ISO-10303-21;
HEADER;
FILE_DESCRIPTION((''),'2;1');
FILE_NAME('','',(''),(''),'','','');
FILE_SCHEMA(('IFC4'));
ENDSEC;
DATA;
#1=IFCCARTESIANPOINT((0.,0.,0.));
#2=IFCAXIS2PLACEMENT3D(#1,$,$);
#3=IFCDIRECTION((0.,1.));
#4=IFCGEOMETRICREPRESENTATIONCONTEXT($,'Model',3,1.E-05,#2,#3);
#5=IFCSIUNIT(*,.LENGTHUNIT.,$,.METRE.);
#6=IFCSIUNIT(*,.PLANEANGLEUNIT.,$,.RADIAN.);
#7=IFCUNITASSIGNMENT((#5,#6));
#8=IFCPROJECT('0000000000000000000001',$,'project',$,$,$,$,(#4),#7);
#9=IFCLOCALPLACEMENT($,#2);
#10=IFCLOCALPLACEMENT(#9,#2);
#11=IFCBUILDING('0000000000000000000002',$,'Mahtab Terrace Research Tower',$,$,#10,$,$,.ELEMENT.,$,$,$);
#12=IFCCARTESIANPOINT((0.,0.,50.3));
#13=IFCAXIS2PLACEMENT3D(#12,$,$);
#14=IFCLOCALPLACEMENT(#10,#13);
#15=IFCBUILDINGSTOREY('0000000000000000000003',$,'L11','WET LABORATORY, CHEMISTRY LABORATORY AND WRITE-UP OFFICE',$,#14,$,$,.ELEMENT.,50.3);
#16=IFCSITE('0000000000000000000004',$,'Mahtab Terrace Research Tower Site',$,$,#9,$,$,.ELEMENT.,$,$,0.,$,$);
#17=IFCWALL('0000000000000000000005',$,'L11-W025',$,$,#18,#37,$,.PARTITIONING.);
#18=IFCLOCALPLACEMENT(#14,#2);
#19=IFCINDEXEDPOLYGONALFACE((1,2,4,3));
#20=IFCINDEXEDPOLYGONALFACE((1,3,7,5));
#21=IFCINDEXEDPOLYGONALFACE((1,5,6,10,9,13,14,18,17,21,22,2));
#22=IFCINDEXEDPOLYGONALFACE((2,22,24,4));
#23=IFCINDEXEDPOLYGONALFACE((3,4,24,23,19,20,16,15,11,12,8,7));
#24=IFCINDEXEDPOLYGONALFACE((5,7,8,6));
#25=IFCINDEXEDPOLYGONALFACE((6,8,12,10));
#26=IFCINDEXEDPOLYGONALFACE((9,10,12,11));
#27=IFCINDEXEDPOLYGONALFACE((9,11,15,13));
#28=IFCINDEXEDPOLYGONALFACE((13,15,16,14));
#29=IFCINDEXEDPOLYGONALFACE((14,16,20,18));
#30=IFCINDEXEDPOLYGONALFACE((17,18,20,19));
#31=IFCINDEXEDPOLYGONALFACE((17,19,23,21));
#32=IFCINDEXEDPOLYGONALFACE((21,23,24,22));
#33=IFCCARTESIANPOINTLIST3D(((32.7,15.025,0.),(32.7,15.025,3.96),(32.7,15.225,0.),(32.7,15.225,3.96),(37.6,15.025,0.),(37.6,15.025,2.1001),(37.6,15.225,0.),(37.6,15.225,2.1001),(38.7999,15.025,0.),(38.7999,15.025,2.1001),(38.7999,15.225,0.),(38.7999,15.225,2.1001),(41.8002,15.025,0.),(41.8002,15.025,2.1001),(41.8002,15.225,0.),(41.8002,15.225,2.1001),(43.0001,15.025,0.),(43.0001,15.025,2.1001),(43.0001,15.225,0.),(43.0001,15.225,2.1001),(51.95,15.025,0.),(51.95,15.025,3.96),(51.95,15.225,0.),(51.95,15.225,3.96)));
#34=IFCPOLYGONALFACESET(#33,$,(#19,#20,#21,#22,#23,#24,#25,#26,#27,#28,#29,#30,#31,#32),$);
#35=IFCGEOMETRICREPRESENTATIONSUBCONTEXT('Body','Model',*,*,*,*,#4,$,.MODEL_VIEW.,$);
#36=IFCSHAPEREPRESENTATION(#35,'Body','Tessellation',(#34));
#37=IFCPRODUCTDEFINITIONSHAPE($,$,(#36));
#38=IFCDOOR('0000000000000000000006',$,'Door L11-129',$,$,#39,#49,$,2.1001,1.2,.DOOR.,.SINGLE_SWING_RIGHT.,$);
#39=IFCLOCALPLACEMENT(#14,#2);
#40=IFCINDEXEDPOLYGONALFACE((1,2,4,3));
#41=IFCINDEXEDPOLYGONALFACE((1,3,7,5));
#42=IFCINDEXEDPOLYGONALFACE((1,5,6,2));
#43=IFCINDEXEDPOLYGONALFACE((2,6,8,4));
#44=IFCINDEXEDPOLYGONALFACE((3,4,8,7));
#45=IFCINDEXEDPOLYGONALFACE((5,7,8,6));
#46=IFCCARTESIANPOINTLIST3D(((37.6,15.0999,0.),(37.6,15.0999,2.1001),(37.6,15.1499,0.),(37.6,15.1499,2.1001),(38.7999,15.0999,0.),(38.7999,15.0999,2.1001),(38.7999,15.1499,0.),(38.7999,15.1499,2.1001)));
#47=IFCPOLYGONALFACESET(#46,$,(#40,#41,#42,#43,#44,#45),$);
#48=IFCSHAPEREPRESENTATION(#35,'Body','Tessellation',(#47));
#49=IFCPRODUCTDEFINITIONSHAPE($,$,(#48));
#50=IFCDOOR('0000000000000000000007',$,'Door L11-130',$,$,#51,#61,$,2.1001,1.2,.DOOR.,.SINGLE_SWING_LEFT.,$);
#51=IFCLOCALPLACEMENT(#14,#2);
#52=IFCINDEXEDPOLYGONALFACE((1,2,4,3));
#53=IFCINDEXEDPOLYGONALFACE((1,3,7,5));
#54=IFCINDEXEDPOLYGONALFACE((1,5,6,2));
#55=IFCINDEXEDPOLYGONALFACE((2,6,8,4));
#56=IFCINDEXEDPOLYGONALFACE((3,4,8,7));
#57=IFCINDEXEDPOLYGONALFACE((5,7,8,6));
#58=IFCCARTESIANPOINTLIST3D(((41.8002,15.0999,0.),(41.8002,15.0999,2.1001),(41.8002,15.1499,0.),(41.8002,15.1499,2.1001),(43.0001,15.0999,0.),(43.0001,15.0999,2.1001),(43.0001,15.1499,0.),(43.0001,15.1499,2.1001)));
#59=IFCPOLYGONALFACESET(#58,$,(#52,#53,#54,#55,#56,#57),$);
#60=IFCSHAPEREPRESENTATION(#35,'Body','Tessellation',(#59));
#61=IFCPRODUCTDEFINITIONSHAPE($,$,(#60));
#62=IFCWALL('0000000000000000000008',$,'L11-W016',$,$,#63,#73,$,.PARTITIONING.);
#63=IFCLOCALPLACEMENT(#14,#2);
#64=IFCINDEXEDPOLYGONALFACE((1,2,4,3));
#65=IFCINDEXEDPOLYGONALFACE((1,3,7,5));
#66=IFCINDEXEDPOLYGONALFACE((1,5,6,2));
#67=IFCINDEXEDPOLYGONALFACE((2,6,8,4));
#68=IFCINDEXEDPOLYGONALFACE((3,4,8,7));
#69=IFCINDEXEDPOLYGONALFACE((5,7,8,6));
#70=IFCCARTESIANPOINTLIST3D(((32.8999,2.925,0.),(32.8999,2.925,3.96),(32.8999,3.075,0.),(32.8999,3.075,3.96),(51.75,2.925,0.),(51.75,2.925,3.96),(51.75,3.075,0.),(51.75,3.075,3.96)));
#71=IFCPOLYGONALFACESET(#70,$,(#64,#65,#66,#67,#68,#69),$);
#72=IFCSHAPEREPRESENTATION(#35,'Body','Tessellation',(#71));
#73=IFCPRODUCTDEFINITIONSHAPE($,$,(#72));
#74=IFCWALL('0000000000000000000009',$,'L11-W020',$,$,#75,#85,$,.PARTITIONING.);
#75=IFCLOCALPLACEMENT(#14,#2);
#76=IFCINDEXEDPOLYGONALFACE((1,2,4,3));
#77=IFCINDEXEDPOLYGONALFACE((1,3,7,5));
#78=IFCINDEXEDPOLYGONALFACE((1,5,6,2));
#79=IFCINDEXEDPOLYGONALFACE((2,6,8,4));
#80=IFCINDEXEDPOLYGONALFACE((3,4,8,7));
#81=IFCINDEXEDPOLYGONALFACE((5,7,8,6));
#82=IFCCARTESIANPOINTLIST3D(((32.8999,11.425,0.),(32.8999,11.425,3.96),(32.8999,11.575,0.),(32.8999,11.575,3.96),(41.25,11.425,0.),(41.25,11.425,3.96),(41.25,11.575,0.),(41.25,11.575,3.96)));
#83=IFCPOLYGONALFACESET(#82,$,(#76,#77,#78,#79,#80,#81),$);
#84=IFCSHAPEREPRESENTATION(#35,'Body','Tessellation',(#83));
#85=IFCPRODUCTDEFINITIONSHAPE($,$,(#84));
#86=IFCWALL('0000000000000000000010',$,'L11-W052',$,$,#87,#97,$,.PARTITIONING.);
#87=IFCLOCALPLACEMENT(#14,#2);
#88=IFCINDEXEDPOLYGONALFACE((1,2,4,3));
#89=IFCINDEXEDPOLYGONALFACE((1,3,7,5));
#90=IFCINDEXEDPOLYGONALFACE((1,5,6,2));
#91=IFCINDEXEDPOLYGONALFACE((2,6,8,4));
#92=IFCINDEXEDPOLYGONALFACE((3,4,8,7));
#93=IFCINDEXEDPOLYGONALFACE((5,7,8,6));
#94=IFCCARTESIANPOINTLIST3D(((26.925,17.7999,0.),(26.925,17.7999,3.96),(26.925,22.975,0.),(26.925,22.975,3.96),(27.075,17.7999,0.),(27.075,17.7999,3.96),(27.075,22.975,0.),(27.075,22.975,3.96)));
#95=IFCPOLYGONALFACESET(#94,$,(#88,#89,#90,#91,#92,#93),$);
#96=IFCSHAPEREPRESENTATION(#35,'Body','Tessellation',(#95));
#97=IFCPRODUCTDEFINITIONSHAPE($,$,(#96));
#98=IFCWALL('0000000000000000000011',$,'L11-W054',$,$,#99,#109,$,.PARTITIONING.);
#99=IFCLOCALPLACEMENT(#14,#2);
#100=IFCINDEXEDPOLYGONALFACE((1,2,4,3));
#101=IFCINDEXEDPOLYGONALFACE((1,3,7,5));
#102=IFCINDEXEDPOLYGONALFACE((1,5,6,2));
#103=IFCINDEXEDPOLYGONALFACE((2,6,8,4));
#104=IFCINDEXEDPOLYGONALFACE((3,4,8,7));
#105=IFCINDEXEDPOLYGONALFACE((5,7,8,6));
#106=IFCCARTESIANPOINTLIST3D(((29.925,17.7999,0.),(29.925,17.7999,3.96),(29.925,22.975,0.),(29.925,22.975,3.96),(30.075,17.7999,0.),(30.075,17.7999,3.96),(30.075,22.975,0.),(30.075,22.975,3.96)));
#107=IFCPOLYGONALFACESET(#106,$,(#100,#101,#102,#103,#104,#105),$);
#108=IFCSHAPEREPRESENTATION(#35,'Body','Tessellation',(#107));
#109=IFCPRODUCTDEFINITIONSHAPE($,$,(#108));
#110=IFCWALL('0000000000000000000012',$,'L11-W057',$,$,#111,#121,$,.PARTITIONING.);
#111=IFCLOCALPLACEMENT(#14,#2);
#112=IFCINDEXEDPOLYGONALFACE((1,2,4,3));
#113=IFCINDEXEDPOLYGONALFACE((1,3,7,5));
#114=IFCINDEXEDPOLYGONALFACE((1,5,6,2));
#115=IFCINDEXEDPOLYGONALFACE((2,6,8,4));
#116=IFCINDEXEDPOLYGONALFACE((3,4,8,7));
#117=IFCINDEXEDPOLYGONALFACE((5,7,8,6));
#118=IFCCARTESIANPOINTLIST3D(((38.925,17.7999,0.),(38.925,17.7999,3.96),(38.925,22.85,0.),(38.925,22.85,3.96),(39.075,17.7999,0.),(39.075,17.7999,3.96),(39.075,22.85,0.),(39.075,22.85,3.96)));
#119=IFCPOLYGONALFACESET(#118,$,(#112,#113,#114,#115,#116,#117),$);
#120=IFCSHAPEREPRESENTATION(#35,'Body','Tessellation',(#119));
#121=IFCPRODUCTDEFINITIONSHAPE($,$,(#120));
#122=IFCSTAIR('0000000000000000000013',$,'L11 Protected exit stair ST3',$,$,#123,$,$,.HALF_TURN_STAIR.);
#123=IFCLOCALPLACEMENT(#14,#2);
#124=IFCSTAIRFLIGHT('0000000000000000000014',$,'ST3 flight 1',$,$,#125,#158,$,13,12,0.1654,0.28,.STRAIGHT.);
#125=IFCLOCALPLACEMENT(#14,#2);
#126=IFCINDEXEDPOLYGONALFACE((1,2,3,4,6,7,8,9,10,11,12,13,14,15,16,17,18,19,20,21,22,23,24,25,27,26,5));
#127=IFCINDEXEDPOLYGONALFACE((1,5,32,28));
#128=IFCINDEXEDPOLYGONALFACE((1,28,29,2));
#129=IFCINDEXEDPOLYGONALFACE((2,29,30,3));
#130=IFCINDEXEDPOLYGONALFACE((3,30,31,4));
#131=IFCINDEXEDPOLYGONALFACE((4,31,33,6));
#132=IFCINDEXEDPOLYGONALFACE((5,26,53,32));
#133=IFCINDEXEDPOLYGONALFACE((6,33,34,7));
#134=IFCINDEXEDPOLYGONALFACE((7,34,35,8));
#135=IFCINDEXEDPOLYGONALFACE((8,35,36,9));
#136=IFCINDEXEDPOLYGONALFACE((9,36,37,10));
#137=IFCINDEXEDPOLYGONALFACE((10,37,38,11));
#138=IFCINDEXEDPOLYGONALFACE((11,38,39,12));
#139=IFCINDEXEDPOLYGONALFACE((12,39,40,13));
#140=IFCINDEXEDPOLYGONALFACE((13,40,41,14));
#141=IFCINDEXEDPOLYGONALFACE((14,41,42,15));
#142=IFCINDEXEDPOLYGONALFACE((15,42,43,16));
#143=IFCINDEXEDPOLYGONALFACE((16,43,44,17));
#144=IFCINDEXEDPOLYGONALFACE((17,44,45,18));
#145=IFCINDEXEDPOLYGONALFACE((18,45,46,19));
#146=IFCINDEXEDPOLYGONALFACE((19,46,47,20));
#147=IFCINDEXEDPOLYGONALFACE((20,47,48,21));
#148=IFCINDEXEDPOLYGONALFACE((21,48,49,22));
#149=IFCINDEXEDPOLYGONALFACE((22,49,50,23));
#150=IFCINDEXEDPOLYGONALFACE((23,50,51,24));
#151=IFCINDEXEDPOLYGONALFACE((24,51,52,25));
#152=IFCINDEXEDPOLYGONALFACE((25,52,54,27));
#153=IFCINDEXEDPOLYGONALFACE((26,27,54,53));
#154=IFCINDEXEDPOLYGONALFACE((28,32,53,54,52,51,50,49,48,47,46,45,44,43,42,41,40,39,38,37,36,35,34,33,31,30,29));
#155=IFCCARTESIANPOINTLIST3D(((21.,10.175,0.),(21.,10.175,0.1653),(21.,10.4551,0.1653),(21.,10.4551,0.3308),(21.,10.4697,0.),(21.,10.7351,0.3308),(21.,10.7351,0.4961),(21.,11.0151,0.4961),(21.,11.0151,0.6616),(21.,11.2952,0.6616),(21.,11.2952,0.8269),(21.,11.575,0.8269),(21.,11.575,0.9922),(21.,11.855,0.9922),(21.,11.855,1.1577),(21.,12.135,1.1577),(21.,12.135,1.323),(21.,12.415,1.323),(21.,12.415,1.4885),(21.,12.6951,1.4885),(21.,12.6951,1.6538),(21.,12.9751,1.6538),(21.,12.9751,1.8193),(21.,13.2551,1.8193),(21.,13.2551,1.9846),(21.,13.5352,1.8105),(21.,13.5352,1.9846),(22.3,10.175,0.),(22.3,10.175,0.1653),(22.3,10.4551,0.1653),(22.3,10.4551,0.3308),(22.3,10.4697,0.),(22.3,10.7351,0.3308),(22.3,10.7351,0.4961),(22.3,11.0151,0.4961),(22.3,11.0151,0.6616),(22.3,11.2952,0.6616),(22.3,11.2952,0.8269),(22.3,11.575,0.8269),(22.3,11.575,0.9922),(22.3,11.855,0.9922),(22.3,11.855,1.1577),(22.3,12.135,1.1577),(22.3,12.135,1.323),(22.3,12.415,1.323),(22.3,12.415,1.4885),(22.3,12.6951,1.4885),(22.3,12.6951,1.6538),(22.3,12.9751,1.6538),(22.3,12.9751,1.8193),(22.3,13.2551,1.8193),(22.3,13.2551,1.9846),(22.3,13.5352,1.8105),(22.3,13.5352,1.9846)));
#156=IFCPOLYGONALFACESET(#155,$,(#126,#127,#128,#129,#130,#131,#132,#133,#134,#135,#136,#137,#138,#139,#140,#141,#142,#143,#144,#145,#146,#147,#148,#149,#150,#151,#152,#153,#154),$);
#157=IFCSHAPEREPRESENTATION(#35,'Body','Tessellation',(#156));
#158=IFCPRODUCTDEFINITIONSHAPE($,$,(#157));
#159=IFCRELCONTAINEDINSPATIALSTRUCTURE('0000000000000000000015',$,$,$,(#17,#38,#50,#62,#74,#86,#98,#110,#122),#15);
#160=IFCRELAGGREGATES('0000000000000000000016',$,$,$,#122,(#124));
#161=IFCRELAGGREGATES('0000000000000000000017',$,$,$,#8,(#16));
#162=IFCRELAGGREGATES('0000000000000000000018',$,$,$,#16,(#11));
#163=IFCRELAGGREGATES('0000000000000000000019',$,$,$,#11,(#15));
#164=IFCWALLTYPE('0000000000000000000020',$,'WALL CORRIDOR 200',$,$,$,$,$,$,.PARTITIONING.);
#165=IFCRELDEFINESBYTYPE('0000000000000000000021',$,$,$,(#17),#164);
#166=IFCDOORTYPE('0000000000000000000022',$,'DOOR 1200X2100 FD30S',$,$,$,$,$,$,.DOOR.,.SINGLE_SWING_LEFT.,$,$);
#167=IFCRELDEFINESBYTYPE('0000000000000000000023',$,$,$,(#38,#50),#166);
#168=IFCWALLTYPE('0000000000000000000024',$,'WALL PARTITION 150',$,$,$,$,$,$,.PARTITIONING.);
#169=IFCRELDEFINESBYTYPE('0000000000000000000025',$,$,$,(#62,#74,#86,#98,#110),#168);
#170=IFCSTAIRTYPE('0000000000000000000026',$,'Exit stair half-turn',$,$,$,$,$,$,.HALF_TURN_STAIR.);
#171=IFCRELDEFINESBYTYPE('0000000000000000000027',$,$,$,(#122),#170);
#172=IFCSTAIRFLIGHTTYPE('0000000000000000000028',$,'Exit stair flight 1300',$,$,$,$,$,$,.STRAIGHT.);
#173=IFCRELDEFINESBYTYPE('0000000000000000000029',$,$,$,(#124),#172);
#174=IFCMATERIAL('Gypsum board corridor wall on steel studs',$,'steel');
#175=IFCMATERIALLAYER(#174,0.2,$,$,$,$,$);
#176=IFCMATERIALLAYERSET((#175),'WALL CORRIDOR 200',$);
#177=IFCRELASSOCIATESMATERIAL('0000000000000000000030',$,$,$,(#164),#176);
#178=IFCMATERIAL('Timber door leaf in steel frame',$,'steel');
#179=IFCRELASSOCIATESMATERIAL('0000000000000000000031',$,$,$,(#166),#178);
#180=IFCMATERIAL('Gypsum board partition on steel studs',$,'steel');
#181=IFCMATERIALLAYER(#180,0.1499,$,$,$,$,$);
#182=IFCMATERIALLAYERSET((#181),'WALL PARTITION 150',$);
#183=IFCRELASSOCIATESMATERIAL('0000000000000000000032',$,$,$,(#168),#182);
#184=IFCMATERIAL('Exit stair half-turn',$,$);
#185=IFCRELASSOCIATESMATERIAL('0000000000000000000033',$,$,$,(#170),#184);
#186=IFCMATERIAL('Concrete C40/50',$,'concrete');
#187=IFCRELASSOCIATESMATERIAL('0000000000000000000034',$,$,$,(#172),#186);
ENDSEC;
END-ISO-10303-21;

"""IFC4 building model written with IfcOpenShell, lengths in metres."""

from ifc_helpers import new_model, si_unit, direction, frame, frame_2d, origin, place, context, subcontext, project, spatial, polyline, rectangle, outline, extrude, material, layer, layer_set, type_object, element, fill, aggregate, save


model = new_model("IFC4")

# Units and contexts
model_context = context("Model", 3, precision=1e-05, world=origin(), true_north=direction((0.0, 1.0)))
body_context = subcontext(model_context, "Body", "Model", "MODEL_VIEW")
ifc_project = project(units=[si_unit("LENGTHUNIT", "METRE"), si_unit("PLANEANGLEUNIT", "RADIAN")], contexts=[model_context])

# Site, building, storey
site_placement = place(None, origin())
site = spatial("IfcSite", under=ifc_project, at=site_placement, Name="Mahtab Terrace Research Tower Site", CompositionType="ELEMENT", RefElevation=0.0)
building_placement = place(site_placement, origin())
building = spatial("IfcBuilding", under=site, at=building_placement, Name="Mahtab Terrace Research Tower", CompositionType="ELEMENT")
storey_placement = place(building_placement, frame((0.0, 0.0, 50.3)))
storey = spatial("IfcBuildingStorey", under=building, at=storey_placement, Name="L11", Description="WET LABORATORY, CHEMISTRY LABORATORY AND WRITE-UP OFFICE", CompositionType="ELEMENT", Elevation=50.3)

# Wall, openings, doors
ifc_material_1 = material(Name="Gypsum board corridor wall on steel studs", Category="steel")
ifc_layer_1 = layer(ifc_material_1, 0.2)
ifc_layer_set_1 = layer_set([ifc_layer_1], Name="WALL CORRIDOR 200")
wall_type_1 = type_object("IfcWallType", Name="WALL CORRIDOR 200", PredefinedType="PARTITIONING", material=ifc_layer_set_1)
wall_1_placement = place(storey_placement, frame((32.7, 15.125, 0.0), z_axis=(0.0, 0.0, 1.0), x_axis=(1.0, 0.0, 0.0)))
wall_1 = element("IfcWall", 1, at=wall_1_placement, inside=storey, type_object=wall_type_1, Name="L11-W025", PredefinedType="PARTITIONING", context=body_context, shape_type="SweptSolid", body=[
    extrude(rectangle(XDim=19.25, YDim=0.2, at=frame_2d((9.625, 0.0))), origin(), (0.0, 0.0, 1.0), 3.96),
])
opening_1_placement = place(wall_1_placement, frame((4.8999, 0.0, 0.0)))
opening_1 = element("IfcOpeningElement", 2, at=opening_1_placement, cuts=wall_1, PredefinedType="OPENING", context=body_context, shape_type="SweptSolid", body=[
    extrude(rectangle(XDim=1.2, YDim=2.1001, at=frame_2d((0.6001, 1.05))), frame((0.0, 0.1099, 0.0), z_axis=(0.0, -1.0, 0.0), x_axis=(1.0, 0.0, 0.0)), (0.0, 0.0, 1.0), 0.22),
])
opening_2_placement = place(wall_1_placement, frame((9.1001, 0.0, 0.0)))
opening_2 = element("IfcOpeningElement", 3, at=opening_2_placement, cuts=wall_1, PredefinedType="OPENING", context=body_context, shape_type="SweptSolid", body=[
    extrude(rectangle(XDim=1.2, YDim=2.1001, at=frame_2d((0.6001, 1.05))), frame((0.0, 0.1099, 0.0), z_axis=(0.0, -1.0, 0.0), x_axis=(1.0, 0.0, 0.0)), (0.0, 0.0, 1.0), 0.22),
])
ifc_material_2 = material(Name="Timber door leaf in steel frame", Category="steel")
door_type_1 = type_object("IfcDoorType", Name="DOOR 1200X2100 FD30S", OperationType="SINGLE_SWING_LEFT", PredefinedType="DOOR", material=ifc_material_2)
door_1_placement = place(opening_1_placement, origin())
door_1 = element("IfcDoor", 4, at=door_1_placement, inside=storey, type_object=door_type_1, Name="Door L11-129", OperationType="SINGLE_SWING_RIGHT", OverallHeight=2.1001, OverallWidth=1.2, PredefinedType="DOOR", context=body_context, shape_type="SweptSolid", body=[
    extrude(rectangle(XDim=1.2, YDim=2.1001, at=frame_2d((0.6001, 1.05))), frame((0.0, 0.0249, 0.0), z_axis=(0.0, -1.0, 0.0), x_axis=(1.0, 0.0, 0.0)), (0.0, 0.0, 1.0), 0.05),
])
fill(opening_1, door_1)
door_2_placement = place(opening_2_placement, origin())
door_2 = element("IfcDoor", 5, at=door_2_placement, inside=storey, type_object=door_type_1, Name="Door L11-130", OperationType="SINGLE_SWING_LEFT", OverallHeight=2.1001, OverallWidth=1.2, PredefinedType="DOOR", context=body_context, shape_type="SweptSolid", body=[
    extrude(rectangle(XDim=1.2, YDim=2.1001, at=frame_2d((0.6001, 1.05))), frame((0.0, 0.0249, 0.0), z_axis=(0.0, -1.0, 0.0), x_axis=(1.0, 0.0, 0.0)), (0.0, 0.0, 1.0), 0.05),
])
fill(opening_2, door_2)

# Walls
ifc_material_3 = material(Name="Gypsum board partition on steel studs", Category="steel")
ifc_layer_2 = layer(ifc_material_3, 0.1499)
ifc_layer_set_2 = layer_set([ifc_layer_2], Name="WALL PARTITION 150")
wall_type_2 = type_object("IfcWallType", Name="WALL PARTITION 150", PredefinedType="PARTITIONING", material=ifc_layer_set_2)
wall_2_placement = place(storey_placement, frame((32.8999, 3.0, 0.0), z_axis=(0.0, 0.0, 1.0), x_axis=(1.0, 0.0, 0.0)))
element("IfcWall", 6, at=wall_2_placement, inside=storey, type_object=wall_type_2, Name="L11-W016", PredefinedType="PARTITIONING", context=body_context, shape_type="SweptSolid", body=[
    extrude(rectangle(XDim=18.8501, YDim=0.1499, at=frame_2d((9.425, 0.0))), origin(), (0.0, 0.0, 1.0), 3.96),
])
wall_3_placement = place(storey_placement, frame((32.8999, 11.5, 0.0), z_axis=(0.0, 0.0, 1.0), x_axis=(1.0, 0.0, 0.0)))
element("IfcWall", 7, at=wall_3_placement, inside=storey, type_object=wall_type_2, Name="L11-W020", PredefinedType="PARTITIONING", context=body_context, shape_type="SweptSolid", body=[
    extrude(rectangle(XDim=8.3501, YDim=0.1499, at=frame_2d((4.175, 0.0))), origin(), (0.0, 0.0, 1.0), 3.96),
])
for number, where, z_axis, x_axis, name in (
    (8, (27.0, 17.8, 0.0), (0.0, 0.0, 1.0), (0.0, 1.0, 0.0), "L11-W052"),
    (9, (30.0, 17.8, 0.0), (0.0, 0.0, 1.0), (0.0, 1.0, 0.0), "L11-W054"),
):
    element("IfcWall", number, at=place(storey_placement, frame(where, z_axis=z_axis, x_axis=x_axis)), inside=storey, type_object=wall_type_2, Name=name, PredefinedType="PARTITIONING", context=body_context, shape_type="SweptSolid", body=[
        extrude(rectangle(XDim=5.175, YDim=0.1499, at=frame_2d((2.5874, 0.0))), origin(), (0.0, 0.0, 1.0), 3.96),
    ])
wall_4_placement = place(storey_placement, frame((39.0, 17.8, 0.0), z_axis=(0.0, 0.0, 1.0), x_axis=(0.0, 1.0, 0.0)))
element("IfcWall", 10, at=wall_4_placement, inside=storey, type_object=wall_type_2, Name="L11-W057", PredefinedType="PARTITIONING", context=body_context, shape_type="SweptSolid", body=[
    extrude(rectangle(XDim=5.05, YDim=0.1499, at=frame_2d((2.5249, 0.0))), origin(), (0.0, 0.0, 1.0), 3.96),
])

# Stair, stair flight
ifc_material_4 = material(Name="Exit stair half-turn")
stair_type = type_object("IfcStairType", Name="Exit stair half-turn", PredefinedType="HALF_TURN_STAIR", material=ifc_material_4)
stair_placement = place(storey_placement, origin())
stair = element("IfcStair", 11, at=stair_placement, inside=storey, type_object=stair_type, Name="L11 Protected exit stair ST3", PredefinedType="HALF_TURN_STAIR")
ifc_material_5 = material(Name="Concrete C40/50", Category="concrete")
stair_flight_type = type_object("IfcStairFlightType", Name="Exit stair flight 1300", PredefinedType="STRAIGHT", material=ifc_material_5)
stair_flight_placement = place(storey_placement, frame((21.6499, 10.175, 0.0), z_axis=(0.0, 0.0, 1.0), x_axis=(0.0, 1.0, 0.0)))
stair_flight = element("IfcStairFlight", 12, at=stair_flight_placement, type_object=stair_flight_type, Name="ST3 flight 1", NumberOfRisers=13, NumberOfTreads=12, PredefinedType="STRAIGHT", RiserHeight=0.1654, TreadLength=0.28, context=body_context, shape_type="SweptSolid", body=[
    extrude(outline(polyline([(0.0, 0.0), (0.0, 0.1653), (0.28, 0.1653), (0.28, 0.3308), (0.5601, 0.3308), (0.5601, 0.4961), (0.8401, 0.4961), (0.8401, 0.6616), (1.1201, 0.6616), (1.1201, 0.8269), (1.3999, 0.8269), (1.3999, 0.9922), (1.6799, 0.9922), (1.6799, 1.1577), (1.96, 1.1577), (1.96, 1.323), (2.24, 1.323), (2.24, 1.4885), (2.52, 1.4885), (2.52, 1.6538), (2.8, 1.6538), (2.8, 1.8193), (3.0801, 1.8193), (3.0801, 1.9846), (3.3601, 1.9846), (3.3601, 2.1499), (3.3601, 1.8105), (0.2947, 0.0), (0.0, 0.0)])), frame((0.0, 0.6499, 0.0), z_axis=(0.0, -1.0, 0.0), x_axis=(1.0, 0.0, 0.0)), (0.0, 0.0, 1.0), 1.3),
])
aggregate(stair, [stair_flight])

save(model, "model.ifc")
